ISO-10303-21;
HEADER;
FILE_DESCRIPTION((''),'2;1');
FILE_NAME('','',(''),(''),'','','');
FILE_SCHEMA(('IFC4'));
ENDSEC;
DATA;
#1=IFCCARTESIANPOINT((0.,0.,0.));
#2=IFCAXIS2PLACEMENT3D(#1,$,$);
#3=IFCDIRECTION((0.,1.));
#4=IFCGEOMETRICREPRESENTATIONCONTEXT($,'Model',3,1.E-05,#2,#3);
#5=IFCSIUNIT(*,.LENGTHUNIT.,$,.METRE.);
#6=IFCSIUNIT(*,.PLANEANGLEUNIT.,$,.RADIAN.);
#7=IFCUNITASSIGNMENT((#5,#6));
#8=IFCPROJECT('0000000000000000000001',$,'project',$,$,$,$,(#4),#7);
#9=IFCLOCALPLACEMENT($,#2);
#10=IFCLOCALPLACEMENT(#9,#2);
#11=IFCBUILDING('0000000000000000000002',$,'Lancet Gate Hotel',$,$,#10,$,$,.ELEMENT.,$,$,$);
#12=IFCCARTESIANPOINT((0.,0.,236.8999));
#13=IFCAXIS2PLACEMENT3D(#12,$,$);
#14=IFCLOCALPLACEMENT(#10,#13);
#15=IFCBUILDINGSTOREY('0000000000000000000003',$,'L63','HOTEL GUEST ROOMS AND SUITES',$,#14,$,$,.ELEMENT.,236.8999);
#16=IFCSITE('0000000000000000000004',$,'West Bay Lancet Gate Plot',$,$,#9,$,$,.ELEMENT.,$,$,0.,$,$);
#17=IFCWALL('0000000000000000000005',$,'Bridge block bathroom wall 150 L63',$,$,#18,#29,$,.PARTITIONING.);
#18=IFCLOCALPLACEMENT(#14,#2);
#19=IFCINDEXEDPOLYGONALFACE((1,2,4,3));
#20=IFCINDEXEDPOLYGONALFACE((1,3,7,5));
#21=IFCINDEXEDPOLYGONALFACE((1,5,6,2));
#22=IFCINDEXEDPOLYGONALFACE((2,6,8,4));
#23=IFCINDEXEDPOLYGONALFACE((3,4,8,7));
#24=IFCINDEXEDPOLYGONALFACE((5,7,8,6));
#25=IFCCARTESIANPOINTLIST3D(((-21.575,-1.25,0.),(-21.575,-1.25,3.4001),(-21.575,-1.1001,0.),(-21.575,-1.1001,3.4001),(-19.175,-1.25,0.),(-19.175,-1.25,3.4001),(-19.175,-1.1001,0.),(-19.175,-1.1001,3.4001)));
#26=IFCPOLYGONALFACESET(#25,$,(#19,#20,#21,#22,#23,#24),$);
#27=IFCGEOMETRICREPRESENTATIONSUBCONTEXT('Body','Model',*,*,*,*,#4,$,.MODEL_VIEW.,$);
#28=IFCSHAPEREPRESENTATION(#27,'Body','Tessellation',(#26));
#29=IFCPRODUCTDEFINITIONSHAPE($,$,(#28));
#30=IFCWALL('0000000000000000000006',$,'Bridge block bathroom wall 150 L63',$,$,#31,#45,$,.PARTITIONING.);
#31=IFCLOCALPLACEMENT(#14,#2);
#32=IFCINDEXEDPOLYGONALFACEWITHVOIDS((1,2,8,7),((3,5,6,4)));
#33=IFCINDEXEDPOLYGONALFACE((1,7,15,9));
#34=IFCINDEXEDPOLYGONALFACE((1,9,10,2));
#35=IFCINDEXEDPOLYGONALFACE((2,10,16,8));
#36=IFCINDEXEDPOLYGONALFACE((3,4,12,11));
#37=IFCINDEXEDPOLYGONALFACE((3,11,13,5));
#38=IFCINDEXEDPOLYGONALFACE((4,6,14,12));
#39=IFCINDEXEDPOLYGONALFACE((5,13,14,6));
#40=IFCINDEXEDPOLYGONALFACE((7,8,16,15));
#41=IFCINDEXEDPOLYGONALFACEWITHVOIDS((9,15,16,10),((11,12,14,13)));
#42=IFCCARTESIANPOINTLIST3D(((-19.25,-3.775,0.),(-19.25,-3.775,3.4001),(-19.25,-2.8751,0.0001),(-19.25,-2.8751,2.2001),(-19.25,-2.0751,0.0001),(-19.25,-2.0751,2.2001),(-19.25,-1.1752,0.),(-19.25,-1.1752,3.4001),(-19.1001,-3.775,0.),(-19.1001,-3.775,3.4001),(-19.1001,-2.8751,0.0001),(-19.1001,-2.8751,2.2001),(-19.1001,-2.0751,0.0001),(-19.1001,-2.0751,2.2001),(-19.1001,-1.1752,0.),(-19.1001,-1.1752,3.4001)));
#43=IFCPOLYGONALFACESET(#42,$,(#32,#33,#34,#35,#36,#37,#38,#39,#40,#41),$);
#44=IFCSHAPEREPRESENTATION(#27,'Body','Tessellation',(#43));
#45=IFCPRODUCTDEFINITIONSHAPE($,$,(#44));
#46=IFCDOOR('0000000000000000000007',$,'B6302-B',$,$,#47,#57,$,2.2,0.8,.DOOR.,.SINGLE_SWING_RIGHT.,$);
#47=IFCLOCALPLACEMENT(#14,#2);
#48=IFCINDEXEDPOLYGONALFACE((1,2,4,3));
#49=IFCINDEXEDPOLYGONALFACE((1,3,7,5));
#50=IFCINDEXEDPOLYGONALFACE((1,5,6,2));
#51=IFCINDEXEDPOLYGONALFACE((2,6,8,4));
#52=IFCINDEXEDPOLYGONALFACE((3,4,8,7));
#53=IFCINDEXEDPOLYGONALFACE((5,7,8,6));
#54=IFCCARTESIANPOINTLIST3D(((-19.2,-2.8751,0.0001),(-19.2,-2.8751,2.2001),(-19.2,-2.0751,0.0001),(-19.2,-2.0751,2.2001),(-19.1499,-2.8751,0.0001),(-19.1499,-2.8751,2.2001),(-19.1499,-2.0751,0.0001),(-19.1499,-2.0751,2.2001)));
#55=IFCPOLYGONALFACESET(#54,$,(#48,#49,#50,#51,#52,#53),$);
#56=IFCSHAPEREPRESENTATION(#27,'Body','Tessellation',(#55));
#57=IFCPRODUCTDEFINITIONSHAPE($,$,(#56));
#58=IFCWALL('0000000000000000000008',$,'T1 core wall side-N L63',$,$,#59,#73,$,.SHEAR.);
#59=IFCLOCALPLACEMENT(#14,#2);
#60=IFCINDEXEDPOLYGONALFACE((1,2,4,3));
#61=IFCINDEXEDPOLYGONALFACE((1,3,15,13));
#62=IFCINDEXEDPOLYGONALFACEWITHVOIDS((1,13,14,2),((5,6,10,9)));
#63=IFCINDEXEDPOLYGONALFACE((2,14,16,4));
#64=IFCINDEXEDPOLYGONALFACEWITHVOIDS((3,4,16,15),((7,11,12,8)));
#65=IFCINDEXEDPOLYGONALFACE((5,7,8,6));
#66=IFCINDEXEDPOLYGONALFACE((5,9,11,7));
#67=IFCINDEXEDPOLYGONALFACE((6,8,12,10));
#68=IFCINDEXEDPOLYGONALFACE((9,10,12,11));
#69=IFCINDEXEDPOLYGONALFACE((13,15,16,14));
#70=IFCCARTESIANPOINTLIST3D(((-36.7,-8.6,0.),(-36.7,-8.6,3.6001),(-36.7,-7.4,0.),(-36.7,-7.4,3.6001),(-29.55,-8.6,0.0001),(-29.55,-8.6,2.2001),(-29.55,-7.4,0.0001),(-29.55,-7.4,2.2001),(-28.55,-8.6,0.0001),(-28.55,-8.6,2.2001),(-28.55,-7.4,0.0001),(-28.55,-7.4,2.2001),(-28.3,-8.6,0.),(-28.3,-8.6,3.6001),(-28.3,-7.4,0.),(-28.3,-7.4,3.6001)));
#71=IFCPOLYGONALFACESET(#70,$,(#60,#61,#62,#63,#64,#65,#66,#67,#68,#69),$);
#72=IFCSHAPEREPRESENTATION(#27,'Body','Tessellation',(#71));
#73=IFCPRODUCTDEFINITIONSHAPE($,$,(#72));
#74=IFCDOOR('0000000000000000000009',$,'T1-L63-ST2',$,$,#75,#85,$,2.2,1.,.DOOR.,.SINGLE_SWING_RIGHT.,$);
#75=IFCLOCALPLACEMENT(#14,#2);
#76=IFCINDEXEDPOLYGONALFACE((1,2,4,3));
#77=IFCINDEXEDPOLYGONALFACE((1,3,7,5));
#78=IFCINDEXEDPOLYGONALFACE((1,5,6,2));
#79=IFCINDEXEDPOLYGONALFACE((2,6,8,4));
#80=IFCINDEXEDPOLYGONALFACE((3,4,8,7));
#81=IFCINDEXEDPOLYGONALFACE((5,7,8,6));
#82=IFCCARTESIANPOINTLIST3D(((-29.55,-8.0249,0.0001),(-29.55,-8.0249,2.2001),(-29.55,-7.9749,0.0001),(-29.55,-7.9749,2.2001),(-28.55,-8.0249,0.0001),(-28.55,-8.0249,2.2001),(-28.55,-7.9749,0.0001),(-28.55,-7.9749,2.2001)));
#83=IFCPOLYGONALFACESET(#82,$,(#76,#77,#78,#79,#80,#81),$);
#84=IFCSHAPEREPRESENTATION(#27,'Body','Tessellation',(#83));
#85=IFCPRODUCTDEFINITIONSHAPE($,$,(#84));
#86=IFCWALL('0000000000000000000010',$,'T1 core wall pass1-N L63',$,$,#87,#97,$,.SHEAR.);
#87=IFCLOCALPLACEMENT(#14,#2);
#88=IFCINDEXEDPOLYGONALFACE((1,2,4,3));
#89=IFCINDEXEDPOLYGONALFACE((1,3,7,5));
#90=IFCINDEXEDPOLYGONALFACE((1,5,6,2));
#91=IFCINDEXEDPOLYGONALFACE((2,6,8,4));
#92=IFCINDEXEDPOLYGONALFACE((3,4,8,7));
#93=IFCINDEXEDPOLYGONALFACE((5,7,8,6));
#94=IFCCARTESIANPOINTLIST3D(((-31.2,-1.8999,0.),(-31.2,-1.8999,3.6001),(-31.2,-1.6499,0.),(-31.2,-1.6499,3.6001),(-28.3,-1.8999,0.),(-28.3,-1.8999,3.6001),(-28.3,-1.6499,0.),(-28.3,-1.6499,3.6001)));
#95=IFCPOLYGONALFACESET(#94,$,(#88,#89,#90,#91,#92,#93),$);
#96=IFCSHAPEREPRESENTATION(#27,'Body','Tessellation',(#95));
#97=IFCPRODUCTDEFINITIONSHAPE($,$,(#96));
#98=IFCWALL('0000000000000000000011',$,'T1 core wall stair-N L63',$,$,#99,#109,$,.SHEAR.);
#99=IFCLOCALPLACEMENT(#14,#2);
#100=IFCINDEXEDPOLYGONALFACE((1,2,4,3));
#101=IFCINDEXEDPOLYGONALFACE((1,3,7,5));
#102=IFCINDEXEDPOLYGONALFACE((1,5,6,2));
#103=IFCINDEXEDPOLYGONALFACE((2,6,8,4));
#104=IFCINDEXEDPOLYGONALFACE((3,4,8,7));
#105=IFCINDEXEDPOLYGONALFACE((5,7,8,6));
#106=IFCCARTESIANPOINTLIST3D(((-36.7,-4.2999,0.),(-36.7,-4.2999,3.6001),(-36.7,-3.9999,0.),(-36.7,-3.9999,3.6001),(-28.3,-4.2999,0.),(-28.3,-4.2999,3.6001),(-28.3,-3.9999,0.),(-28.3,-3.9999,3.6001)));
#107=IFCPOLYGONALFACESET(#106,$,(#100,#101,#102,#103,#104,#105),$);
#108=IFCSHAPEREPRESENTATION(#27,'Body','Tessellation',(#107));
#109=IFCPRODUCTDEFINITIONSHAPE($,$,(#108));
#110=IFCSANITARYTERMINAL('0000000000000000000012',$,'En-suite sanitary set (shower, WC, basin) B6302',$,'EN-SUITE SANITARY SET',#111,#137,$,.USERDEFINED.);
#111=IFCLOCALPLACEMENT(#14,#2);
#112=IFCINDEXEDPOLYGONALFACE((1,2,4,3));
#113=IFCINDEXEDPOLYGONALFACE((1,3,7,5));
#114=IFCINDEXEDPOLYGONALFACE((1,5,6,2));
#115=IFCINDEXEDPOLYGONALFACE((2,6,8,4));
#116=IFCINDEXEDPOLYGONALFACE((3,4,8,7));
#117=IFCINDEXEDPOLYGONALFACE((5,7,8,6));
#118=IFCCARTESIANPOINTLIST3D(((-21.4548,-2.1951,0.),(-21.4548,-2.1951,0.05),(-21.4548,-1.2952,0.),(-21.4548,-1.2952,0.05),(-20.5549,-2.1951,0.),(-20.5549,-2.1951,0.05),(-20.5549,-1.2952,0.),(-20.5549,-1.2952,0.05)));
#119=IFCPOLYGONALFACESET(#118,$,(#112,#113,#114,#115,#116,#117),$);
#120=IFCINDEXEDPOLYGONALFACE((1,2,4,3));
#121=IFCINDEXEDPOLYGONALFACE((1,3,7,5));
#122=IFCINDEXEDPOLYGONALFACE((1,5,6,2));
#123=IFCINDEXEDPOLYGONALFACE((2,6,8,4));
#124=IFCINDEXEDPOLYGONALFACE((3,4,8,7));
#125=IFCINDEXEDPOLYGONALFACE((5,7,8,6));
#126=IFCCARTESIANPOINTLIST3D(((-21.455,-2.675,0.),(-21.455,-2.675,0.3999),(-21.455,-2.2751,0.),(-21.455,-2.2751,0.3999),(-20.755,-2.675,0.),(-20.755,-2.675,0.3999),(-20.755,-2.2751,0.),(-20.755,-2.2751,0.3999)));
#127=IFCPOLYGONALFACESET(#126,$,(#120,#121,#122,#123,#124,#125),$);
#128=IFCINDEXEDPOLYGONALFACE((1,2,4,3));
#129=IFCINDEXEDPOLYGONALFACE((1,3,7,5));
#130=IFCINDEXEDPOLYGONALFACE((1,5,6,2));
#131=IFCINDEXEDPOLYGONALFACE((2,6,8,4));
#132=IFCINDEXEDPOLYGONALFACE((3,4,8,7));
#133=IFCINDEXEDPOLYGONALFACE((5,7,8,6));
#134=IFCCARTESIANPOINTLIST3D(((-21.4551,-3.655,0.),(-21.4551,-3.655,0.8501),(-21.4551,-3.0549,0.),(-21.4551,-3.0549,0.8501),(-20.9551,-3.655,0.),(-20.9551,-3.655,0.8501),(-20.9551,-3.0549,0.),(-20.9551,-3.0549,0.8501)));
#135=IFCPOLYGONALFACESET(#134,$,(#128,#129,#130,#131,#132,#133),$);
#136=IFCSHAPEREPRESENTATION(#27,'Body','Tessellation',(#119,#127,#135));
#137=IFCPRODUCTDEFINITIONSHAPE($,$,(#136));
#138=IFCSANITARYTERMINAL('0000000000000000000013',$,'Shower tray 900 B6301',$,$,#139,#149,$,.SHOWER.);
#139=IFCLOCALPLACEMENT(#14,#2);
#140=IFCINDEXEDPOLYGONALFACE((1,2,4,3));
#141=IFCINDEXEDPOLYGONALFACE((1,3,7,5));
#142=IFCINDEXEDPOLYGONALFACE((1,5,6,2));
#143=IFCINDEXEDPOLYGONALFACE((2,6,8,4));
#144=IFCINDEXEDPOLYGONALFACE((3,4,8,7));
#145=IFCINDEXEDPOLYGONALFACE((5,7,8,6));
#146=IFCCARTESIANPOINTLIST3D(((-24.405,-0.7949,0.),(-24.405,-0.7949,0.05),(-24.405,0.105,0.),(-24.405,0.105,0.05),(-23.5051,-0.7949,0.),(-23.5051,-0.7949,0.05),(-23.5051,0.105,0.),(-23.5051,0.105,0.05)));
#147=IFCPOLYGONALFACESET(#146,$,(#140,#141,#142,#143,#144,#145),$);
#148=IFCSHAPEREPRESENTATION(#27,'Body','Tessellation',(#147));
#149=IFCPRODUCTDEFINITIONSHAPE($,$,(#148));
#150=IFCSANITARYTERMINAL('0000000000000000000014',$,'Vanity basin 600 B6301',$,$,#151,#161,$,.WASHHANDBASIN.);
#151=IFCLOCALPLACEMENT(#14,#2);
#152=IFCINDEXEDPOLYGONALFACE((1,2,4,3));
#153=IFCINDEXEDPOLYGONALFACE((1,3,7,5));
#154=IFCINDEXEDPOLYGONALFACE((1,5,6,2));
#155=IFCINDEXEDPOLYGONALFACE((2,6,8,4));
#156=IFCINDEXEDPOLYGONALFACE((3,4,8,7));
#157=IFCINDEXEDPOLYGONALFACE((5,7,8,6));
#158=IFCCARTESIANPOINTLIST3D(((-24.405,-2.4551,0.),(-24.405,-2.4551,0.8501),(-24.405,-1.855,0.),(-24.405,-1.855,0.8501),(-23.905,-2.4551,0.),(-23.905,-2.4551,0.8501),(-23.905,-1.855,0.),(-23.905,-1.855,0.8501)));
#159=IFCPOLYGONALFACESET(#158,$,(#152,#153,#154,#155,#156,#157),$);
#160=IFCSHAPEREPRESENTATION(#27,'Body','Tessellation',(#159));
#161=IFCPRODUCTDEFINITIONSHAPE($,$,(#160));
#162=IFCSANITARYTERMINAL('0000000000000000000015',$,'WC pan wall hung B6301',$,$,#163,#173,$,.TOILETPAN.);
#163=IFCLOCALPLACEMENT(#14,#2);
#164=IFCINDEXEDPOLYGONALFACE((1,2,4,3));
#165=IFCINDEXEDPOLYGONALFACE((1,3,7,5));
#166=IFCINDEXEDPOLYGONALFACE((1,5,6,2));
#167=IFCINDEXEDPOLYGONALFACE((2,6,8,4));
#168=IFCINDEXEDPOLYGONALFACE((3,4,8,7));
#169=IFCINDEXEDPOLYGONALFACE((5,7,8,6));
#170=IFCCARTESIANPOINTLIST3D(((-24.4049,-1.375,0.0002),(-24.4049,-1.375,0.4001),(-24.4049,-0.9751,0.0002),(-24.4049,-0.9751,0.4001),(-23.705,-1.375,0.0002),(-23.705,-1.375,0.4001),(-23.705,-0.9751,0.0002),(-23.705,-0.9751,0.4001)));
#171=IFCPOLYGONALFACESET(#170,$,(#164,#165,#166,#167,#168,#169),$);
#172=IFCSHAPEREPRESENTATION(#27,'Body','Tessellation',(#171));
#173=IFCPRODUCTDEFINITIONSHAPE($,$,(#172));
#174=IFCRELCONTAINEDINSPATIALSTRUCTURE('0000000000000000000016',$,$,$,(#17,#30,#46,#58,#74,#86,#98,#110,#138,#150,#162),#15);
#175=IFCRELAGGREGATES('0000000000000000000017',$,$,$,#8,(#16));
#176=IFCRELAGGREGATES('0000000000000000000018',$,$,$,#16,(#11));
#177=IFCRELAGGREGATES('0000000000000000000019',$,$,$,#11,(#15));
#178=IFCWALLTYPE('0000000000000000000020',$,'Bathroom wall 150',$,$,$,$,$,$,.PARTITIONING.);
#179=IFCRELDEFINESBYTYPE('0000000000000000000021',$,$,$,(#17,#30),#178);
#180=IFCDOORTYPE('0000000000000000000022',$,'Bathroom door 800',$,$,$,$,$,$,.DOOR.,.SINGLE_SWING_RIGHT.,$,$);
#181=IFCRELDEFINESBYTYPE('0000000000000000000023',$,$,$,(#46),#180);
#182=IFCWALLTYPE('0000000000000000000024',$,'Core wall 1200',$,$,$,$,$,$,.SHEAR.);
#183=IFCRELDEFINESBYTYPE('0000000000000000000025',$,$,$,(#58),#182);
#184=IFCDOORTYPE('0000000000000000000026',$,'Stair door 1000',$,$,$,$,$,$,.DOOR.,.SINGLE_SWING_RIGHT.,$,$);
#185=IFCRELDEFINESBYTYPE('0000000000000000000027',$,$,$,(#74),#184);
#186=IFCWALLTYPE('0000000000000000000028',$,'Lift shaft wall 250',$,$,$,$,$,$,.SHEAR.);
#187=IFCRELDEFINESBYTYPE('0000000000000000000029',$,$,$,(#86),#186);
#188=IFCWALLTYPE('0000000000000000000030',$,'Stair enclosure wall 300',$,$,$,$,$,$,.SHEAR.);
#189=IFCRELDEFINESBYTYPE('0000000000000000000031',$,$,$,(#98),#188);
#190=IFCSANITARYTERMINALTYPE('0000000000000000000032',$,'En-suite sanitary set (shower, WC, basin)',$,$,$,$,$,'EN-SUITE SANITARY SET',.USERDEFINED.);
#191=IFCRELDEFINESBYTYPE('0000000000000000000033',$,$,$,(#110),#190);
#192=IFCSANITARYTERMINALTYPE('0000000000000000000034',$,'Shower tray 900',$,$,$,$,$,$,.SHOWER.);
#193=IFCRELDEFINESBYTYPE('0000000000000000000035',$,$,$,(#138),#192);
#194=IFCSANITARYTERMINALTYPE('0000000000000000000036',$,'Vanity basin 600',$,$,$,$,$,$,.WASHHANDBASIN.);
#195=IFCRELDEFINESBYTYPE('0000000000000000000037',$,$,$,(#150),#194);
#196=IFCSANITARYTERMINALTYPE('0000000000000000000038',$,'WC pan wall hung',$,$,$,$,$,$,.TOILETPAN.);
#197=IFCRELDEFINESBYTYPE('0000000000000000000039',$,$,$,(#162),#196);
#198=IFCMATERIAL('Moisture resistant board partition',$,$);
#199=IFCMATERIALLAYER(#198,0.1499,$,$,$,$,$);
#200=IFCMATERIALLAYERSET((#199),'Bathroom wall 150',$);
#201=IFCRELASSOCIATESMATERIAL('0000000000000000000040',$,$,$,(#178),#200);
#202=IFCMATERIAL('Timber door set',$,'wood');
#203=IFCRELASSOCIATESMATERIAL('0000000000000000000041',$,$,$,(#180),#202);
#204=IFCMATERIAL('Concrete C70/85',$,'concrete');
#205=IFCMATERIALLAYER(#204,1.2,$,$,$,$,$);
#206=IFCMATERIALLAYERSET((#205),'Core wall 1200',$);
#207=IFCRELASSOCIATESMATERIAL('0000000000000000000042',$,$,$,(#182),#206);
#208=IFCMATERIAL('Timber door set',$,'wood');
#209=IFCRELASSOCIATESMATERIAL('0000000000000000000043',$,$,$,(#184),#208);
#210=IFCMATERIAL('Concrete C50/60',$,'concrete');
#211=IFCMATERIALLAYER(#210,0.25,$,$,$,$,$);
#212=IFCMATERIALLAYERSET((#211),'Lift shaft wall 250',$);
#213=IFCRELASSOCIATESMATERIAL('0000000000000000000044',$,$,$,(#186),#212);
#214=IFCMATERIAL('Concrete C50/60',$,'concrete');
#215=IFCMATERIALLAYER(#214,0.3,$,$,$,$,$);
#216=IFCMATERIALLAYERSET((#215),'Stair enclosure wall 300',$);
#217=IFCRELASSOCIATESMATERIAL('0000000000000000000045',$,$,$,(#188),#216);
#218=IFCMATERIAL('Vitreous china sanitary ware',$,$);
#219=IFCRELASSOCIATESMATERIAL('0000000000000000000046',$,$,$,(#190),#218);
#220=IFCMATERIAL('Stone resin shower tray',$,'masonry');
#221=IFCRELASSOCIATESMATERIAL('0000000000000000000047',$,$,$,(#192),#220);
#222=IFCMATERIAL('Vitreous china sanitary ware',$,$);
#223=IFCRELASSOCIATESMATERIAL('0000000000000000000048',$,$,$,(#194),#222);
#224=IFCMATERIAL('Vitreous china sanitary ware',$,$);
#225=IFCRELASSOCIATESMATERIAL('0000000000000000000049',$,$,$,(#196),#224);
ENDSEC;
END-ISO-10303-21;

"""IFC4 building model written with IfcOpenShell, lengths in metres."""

from ifc_helpers import new_model, si_unit, direction, frame, frame_2d, origin, origin_2d, place, context, subcontext, project, spatial, rectangle, extrude, material, layer, layer_set, type_object, element, fill, save


model = new_model("IFC4")

# Units and contexts
model_context = context("Model", 3, precision=1e-05, world=origin(), true_north=direction((0.0, 1.0)))
body_context = subcontext(model_context, "Body", "Model", "MODEL_VIEW")
ifc_project = project(units=[si_unit("LENGTHUNIT", "METRE"), si_unit("PLANEANGLEUNIT", "RADIAN")], contexts=[model_context])

# Site, building, storey
site_placement = place(None, origin())
site = spatial("IfcSite", under=ifc_project, at=site_placement, Name="West Bay Lancet Gate Plot", CompositionType="ELEMENT", RefElevation=0.0)
building_placement = place(site_placement, origin())
building = spatial("IfcBuilding", under=site, at=building_placement, Name="Lancet Gate Hotel", CompositionType="ELEMENT")
storey_placement = place(building_placement, frame((0.0, 0.0, 236.8999)))
storey = spatial("IfcBuildingStorey", under=building, at=storey_placement, Name="L63", Description="HOTEL GUEST ROOMS AND SUITES", CompositionType="ELEMENT", Elevation=236.8999)

# Shared definitions
ifc_material_1 = material(Name="Moisture resistant board partition")
ifc_layer_1 = layer(ifc_material_1, 0.1499)
ifc_layer_set_1 = layer_set([ifc_layer_1], Name="Bathroom wall 150")
wall_type_1 = type_object("IfcWallType", Name="Bathroom wall 150", PredefinedType="PARTITIONING", material=ifc_layer_set_1)

# Wall
for number, where, z_axis, x_axis, name in (
    (1, (-21.575, -1.175, 0.0), (0.0, 0.0, 1.0), (1.0, 0.0, 0.0), "Bridge block bathroom wall 150 L63"),
):
    element("IfcWall", number, at=place(storey_placement, frame(where, z_axis=z_axis, x_axis=x_axis)), inside=storey, type_object=wall_type_1, Name=name, PredefinedType="PARTITIONING", context=body_context, shape_type="SweptSolid", body=[
        extrude(rectangle(XDim=2.3999, YDim=0.1499, at=frame_2d((1.2, 0.0))), origin(), (0.0, 0.0, 1.0), 3.4001),
    ])

# Walls, openings, doors
wall_1_placement = place(storey_placement, frame((-19.175, -3.7749, 0.0), z_axis=(0.0, 0.0, 1.0), x_axis=(0.0, 1.0, 0.0)))
wall_1 = element("IfcWall", 2, at=wall_1_placement, inside=storey, type_object=wall_type_1, Name="Bridge block bathroom wall 150 L63", PredefinedType="PARTITIONING", context=body_context, shape_type="SweptSolid", body=[
    extrude(rectangle(XDim=2.5999, YDim=0.1499, at=frame_2d((1.2998, 0.0))), origin(), (0.0, 0.0, 1.0), 3.4001),
])
opening_1_placement = place(wall_1_placement, frame((0.8999, 0.0, 0.0)))
opening_1 = element("IfcOpeningElement", 3, at=opening_1_placement, cuts=wall_1, PredefinedType="OPENING", context=body_context, shape_type="SweptSolid", body=[
    extrude(rectangle(XDim=0.8, YDim=2.2, at=frame_2d((0.3999, 1.1001))), frame((0.0, 0.085, 0.0), z_axis=(0.0, -1.0, 0.0), x_axis=(1.0, 0.0, 0.0)), (0.0, 0.0, 1.0), 0.1699),
])
ifc_material_2 = material(Name="Timber door set", Category="wood")
door_type_1 = type_object("IfcDoorType", Name="Bathroom door 800", OperationType="SINGLE_SWING_RIGHT", PredefinedType="DOOR", material=ifc_material_2)
door_1_placement = place(opening_1_placement, origin())
door_1 = element("IfcDoor", 4, at=door_1_placement, inside=storey, type_object=door_type_1, Name="B6302-B", OperationType="SINGLE_SWING_RIGHT", OverallHeight=2.2, OverallWidth=0.8, PredefinedType="DOOR", context=body_context, shape_type="SweptSolid", body=[
    extrude(rectangle(XDim=0.8, YDim=2.2, at=frame_2d((0.3999, 1.1001))), frame((0.0, 0.0249, 0.0), z_axis=(0.0, -1.0, 0.0), x_axis=(1.0, 0.0, 0.0)), (0.0, 0.0, 1.0), 0.05),
])
fill(opening_1, door_1)
ifc_material_3 = material(Name="Concrete C70/85", Category="concrete")
ifc_layer_2 = layer(ifc_material_3, 1.2)
ifc_layer_set_2 = layer_set([ifc_layer_2], Name="Core wall 1200")
wall_type_2 = type_object("IfcWallType", Name="Core wall 1200", PredefinedType="SHEAR", material=ifc_layer_set_2)
wall_2_placement = place(storey_placement, frame((-28.3, -8.0, 0.0), z_axis=(0.0, 0.0, 1.0), x_axis=(-1.0, 0.0, 0.0)))
wall_2 = element("IfcWall", 5, at=wall_2_placement, inside=storey, type_object=wall_type_2, Name="T1 core wall side-N L63", PredefinedType="SHEAR", context=body_context, shape_type="SweptSolid", body=[
    extrude(rectangle(XDim=8.3999, YDim=1.2, at=frame_2d((4.2, 0.0))), origin(), (0.0, 0.0, 1.0), 3.6001),
])
opening_2_placement = place(wall_2_placement, frame((0.25, 0.0, 0.0)))
opening_2 = element("IfcOpeningElement", 6, at=opening_2_placement, cuts=wall_2, PredefinedType="OPENING", context=body_context, shape_type="SweptSolid", body=[
    extrude(rectangle(XDim=1.0, YDim=2.2, at=frame_2d((0.5, 1.1001))), frame((0.0, 0.6099, 0.0), z_axis=(0.0, -1.0, 0.0), x_axis=(1.0, 0.0, 0.0)), (0.0, 0.0, 1.0), 1.22),
])
ifc_material_4 = material(Name="Timber door set", Category="wood")
door_type_2 = type_object("IfcDoorType", Name="Stair door 1000", OperationType="SINGLE_SWING_RIGHT", PredefinedType="DOOR", material=ifc_material_4)
door_2_placement = place(opening_2_placement, origin())
door_2 = element("IfcDoor", 7, at=door_2_placement, inside=storey, type_object=door_type_2, Name="T1-L63-ST2", OperationType="SINGLE_SWING_RIGHT", OverallHeight=2.2, OverallWidth=1.0, PredefinedType="DOOR", context=body_context, shape_type="SweptSolid", body=[
    extrude(rectangle(XDim=1.0, YDim=2.2, at=frame_2d((0.5, 1.1001))), frame((0.0, 0.0249, 0.0), z_axis=(0.0, -1.0, 0.0), x_axis=(1.0, 0.0, 0.0)), (0.0, 0.0, 1.0), 0.05),
])
fill(opening_2, door_2)

# Walls
ifc_material_5 = material(Name="Concrete C50/60", Category="concrete")
ifc_layer_3 = layer(ifc_material_5, 0.25)
ifc_layer_set_3 = layer_set([ifc_layer_3], Name="Lift shaft wall 250")
wall_type_3 = type_object("IfcWallType", Name="Lift shaft wall 250", PredefinedType="SHEAR", material=ifc_layer_set_3)
wall_3_placement = place(storey_placement, frame((-28.3, -1.7749, 0.0), z_axis=(0.0, 0.0, 1.0), x_axis=(-1.0, 0.0, 0.0)))
element("IfcWall", 8, at=wall_3_placement, inside=storey, type_object=wall_type_3, Name="T1 core wall pass1-N L63", PredefinedType="SHEAR", context=body_context, shape_type="SweptSolid", body=[
    extrude(rectangle(XDim=2.8999, YDim=0.25, at=frame_2d((1.45, 0.0))), origin(), (0.0, 0.0, 1.0), 3.6001),
])
ifc_material_6 = material(Name="Concrete C50/60", Category="concrete")
ifc_layer_4 = layer(ifc_material_6, 0.3)
ifc_layer_set_4 = layer_set([ifc_layer_4], Name="Stair enclosure wall 300")
wall_type_4 = type_object("IfcWallType", Name="Stair enclosure wall 300", PredefinedType="SHEAR", material=ifc_layer_set_4)
wall_4_placement = place(storey_placement, frame((-28.3, -4.1499, 0.0), z_axis=(0.0, 0.0, 1.0), x_axis=(-1.0, 0.0, 0.0)))
element("IfcWall", 9, at=wall_4_placement, inside=storey, type_object=wall_type_4, Name="T1 core wall stair-N L63", PredefinedType="SHEAR", context=body_context, shape_type="SweptSolid", body=[
    extrude(rectangle(XDim=8.3999, YDim=0.3, at=frame_2d((4.2, 0.0))), origin(), (0.0, 0.0, 1.0), 3.6001),
])

# Sanitary terminals
ifc_material_7 = material(Name="Vitreous china sanitary ware")
sanitary_terminal_type_1 = type_object("IfcSanitaryTerminalType", Name="En-suite sanitary set (shower, WC, basin)", ElementType="EN-SUITE SANITARY SET", PredefinedType="USERDEFINED", material=ifc_material_7)
sanitary_terminal_1_placement = place(storey_placement, frame((-21.0049, -1.7451, 0.0), z_axis=(0.0, 0.0, 1.0), x_axis=(1.0, 0.0, 0.0)))
element("IfcSanitaryTerminal", 10, at=sanitary_terminal_1_placement, inside=storey, type_object=sanitary_terminal_type_1, Name="En-suite sanitary set (shower, WC, basin) B6302", ObjectType="EN-SUITE SANITARY SET", PredefinedType="USERDEFINED", context=body_context, shape_type="SweptSolid", body=[
    extrude(rectangle(XDim=0.8999, YDim=0.8999, at=origin_2d()), frame((0.0, 0.0, 0.0), z_axis=(0.0, 0.0, 1.0), x_axis=(0.0, 1.0, 0.0)), (0.0, 0.0, 1.0), 0.05),
    extrude(rectangle(XDim=0.3999, YDim=0.7, at=origin_2d()), frame((-0.1001, -0.73, 0.0), z_axis=(0.0, 0.0, 1.0), x_axis=(0.0, 1.0, 0.0)), (0.0, 0.0, 1.0), 0.3999),
    extrude(rectangle(XDim=0.6001, YDim=0.5, at=origin_2d()), frame((-0.2002, -1.6099, 0.0), z_axis=(0.0, 0.0, 1.0), x_axis=(0.0, 1.0, 0.0)), (0.0, 0.0, 1.0), 0.8501),
])
ifc_material_8 = material(Name="Stone resin shower tray", Category="masonry")
sanitary_terminal_type_2 = type_object("IfcSanitaryTerminalType", Name="Shower tray 900", PredefinedType="SHOWER", material=ifc_material_8)
sanitary_terminal_2_placement = place(storey_placement, frame((-23.9551, -0.345, 0.0), z_axis=(0.0, 0.0, 1.0), x_axis=(0.0, 1.0, 0.0)))
element("IfcSanitaryTerminal", 11, at=sanitary_terminal_2_placement, inside=storey, type_object=sanitary_terminal_type_2, Name="Shower tray 900 B6301", PredefinedType="SHOWER", context=body_context, shape_type="SweptSolid", body=[
    extrude(rectangle(XDim=0.8999, YDim=0.8999, at=origin_2d()), origin(), (0.0, 0.0, 1.0), 0.05),
])
ifc_material_9 = material(Name="Vitreous china sanitary ware")
sanitary_terminal_type_3 = type_object("IfcSanitaryTerminalType", Name="Vanity basin 600", PredefinedType="WASHHANDBASIN", material=ifc_material_9)
sanitary_terminal_3_placement = place(storey_placement, frame((-24.155, -2.155, 0.0), z_axis=(0.0, 0.0, 1.0), x_axis=(0.0, 1.0, 0.0)))
element("IfcSanitaryTerminal", 12, at=sanitary_terminal_3_placement, inside=storey, type_object=sanitary_terminal_type_3, Name="Vanity basin 600 B6301", PredefinedType="WASHHANDBASIN", context=body_context, shape_type="SweptSolid", body=[
    extrude(rectangle(XDim=0.6001, YDim=0.5, at=origin_2d()), origin(), (0.0, 0.0, 1.0), 0.8501),
])
ifc_material_10 = material(Name="Vitreous china sanitary ware")
sanitary_terminal_type_4 = type_object("IfcSanitaryTerminalType", Name="WC pan wall hung", PredefinedType="TOILETPAN", material=ifc_material_10)
sanitary_terminal_4_placement = place(storey_placement, frame((-24.0549, -1.175, 0.0002), z_axis=(0.0, 0.0, 1.0), x_axis=(0.0, 1.0, 0.0)))
element("IfcSanitaryTerminal", 13, at=sanitary_terminal_4_placement, inside=storey, type_object=sanitary_terminal_type_4, Name="WC pan wall hung B6301", PredefinedType="TOILETPAN", context=body_context, shape_type="SweptSolid", body=[
    extrude(rectangle(XDim=0.3999, YDim=0.7, at=origin_2d()), origin(), (0.0, 0.0, 1.0), 0.3999),
])

save(model, "model.ifc")
